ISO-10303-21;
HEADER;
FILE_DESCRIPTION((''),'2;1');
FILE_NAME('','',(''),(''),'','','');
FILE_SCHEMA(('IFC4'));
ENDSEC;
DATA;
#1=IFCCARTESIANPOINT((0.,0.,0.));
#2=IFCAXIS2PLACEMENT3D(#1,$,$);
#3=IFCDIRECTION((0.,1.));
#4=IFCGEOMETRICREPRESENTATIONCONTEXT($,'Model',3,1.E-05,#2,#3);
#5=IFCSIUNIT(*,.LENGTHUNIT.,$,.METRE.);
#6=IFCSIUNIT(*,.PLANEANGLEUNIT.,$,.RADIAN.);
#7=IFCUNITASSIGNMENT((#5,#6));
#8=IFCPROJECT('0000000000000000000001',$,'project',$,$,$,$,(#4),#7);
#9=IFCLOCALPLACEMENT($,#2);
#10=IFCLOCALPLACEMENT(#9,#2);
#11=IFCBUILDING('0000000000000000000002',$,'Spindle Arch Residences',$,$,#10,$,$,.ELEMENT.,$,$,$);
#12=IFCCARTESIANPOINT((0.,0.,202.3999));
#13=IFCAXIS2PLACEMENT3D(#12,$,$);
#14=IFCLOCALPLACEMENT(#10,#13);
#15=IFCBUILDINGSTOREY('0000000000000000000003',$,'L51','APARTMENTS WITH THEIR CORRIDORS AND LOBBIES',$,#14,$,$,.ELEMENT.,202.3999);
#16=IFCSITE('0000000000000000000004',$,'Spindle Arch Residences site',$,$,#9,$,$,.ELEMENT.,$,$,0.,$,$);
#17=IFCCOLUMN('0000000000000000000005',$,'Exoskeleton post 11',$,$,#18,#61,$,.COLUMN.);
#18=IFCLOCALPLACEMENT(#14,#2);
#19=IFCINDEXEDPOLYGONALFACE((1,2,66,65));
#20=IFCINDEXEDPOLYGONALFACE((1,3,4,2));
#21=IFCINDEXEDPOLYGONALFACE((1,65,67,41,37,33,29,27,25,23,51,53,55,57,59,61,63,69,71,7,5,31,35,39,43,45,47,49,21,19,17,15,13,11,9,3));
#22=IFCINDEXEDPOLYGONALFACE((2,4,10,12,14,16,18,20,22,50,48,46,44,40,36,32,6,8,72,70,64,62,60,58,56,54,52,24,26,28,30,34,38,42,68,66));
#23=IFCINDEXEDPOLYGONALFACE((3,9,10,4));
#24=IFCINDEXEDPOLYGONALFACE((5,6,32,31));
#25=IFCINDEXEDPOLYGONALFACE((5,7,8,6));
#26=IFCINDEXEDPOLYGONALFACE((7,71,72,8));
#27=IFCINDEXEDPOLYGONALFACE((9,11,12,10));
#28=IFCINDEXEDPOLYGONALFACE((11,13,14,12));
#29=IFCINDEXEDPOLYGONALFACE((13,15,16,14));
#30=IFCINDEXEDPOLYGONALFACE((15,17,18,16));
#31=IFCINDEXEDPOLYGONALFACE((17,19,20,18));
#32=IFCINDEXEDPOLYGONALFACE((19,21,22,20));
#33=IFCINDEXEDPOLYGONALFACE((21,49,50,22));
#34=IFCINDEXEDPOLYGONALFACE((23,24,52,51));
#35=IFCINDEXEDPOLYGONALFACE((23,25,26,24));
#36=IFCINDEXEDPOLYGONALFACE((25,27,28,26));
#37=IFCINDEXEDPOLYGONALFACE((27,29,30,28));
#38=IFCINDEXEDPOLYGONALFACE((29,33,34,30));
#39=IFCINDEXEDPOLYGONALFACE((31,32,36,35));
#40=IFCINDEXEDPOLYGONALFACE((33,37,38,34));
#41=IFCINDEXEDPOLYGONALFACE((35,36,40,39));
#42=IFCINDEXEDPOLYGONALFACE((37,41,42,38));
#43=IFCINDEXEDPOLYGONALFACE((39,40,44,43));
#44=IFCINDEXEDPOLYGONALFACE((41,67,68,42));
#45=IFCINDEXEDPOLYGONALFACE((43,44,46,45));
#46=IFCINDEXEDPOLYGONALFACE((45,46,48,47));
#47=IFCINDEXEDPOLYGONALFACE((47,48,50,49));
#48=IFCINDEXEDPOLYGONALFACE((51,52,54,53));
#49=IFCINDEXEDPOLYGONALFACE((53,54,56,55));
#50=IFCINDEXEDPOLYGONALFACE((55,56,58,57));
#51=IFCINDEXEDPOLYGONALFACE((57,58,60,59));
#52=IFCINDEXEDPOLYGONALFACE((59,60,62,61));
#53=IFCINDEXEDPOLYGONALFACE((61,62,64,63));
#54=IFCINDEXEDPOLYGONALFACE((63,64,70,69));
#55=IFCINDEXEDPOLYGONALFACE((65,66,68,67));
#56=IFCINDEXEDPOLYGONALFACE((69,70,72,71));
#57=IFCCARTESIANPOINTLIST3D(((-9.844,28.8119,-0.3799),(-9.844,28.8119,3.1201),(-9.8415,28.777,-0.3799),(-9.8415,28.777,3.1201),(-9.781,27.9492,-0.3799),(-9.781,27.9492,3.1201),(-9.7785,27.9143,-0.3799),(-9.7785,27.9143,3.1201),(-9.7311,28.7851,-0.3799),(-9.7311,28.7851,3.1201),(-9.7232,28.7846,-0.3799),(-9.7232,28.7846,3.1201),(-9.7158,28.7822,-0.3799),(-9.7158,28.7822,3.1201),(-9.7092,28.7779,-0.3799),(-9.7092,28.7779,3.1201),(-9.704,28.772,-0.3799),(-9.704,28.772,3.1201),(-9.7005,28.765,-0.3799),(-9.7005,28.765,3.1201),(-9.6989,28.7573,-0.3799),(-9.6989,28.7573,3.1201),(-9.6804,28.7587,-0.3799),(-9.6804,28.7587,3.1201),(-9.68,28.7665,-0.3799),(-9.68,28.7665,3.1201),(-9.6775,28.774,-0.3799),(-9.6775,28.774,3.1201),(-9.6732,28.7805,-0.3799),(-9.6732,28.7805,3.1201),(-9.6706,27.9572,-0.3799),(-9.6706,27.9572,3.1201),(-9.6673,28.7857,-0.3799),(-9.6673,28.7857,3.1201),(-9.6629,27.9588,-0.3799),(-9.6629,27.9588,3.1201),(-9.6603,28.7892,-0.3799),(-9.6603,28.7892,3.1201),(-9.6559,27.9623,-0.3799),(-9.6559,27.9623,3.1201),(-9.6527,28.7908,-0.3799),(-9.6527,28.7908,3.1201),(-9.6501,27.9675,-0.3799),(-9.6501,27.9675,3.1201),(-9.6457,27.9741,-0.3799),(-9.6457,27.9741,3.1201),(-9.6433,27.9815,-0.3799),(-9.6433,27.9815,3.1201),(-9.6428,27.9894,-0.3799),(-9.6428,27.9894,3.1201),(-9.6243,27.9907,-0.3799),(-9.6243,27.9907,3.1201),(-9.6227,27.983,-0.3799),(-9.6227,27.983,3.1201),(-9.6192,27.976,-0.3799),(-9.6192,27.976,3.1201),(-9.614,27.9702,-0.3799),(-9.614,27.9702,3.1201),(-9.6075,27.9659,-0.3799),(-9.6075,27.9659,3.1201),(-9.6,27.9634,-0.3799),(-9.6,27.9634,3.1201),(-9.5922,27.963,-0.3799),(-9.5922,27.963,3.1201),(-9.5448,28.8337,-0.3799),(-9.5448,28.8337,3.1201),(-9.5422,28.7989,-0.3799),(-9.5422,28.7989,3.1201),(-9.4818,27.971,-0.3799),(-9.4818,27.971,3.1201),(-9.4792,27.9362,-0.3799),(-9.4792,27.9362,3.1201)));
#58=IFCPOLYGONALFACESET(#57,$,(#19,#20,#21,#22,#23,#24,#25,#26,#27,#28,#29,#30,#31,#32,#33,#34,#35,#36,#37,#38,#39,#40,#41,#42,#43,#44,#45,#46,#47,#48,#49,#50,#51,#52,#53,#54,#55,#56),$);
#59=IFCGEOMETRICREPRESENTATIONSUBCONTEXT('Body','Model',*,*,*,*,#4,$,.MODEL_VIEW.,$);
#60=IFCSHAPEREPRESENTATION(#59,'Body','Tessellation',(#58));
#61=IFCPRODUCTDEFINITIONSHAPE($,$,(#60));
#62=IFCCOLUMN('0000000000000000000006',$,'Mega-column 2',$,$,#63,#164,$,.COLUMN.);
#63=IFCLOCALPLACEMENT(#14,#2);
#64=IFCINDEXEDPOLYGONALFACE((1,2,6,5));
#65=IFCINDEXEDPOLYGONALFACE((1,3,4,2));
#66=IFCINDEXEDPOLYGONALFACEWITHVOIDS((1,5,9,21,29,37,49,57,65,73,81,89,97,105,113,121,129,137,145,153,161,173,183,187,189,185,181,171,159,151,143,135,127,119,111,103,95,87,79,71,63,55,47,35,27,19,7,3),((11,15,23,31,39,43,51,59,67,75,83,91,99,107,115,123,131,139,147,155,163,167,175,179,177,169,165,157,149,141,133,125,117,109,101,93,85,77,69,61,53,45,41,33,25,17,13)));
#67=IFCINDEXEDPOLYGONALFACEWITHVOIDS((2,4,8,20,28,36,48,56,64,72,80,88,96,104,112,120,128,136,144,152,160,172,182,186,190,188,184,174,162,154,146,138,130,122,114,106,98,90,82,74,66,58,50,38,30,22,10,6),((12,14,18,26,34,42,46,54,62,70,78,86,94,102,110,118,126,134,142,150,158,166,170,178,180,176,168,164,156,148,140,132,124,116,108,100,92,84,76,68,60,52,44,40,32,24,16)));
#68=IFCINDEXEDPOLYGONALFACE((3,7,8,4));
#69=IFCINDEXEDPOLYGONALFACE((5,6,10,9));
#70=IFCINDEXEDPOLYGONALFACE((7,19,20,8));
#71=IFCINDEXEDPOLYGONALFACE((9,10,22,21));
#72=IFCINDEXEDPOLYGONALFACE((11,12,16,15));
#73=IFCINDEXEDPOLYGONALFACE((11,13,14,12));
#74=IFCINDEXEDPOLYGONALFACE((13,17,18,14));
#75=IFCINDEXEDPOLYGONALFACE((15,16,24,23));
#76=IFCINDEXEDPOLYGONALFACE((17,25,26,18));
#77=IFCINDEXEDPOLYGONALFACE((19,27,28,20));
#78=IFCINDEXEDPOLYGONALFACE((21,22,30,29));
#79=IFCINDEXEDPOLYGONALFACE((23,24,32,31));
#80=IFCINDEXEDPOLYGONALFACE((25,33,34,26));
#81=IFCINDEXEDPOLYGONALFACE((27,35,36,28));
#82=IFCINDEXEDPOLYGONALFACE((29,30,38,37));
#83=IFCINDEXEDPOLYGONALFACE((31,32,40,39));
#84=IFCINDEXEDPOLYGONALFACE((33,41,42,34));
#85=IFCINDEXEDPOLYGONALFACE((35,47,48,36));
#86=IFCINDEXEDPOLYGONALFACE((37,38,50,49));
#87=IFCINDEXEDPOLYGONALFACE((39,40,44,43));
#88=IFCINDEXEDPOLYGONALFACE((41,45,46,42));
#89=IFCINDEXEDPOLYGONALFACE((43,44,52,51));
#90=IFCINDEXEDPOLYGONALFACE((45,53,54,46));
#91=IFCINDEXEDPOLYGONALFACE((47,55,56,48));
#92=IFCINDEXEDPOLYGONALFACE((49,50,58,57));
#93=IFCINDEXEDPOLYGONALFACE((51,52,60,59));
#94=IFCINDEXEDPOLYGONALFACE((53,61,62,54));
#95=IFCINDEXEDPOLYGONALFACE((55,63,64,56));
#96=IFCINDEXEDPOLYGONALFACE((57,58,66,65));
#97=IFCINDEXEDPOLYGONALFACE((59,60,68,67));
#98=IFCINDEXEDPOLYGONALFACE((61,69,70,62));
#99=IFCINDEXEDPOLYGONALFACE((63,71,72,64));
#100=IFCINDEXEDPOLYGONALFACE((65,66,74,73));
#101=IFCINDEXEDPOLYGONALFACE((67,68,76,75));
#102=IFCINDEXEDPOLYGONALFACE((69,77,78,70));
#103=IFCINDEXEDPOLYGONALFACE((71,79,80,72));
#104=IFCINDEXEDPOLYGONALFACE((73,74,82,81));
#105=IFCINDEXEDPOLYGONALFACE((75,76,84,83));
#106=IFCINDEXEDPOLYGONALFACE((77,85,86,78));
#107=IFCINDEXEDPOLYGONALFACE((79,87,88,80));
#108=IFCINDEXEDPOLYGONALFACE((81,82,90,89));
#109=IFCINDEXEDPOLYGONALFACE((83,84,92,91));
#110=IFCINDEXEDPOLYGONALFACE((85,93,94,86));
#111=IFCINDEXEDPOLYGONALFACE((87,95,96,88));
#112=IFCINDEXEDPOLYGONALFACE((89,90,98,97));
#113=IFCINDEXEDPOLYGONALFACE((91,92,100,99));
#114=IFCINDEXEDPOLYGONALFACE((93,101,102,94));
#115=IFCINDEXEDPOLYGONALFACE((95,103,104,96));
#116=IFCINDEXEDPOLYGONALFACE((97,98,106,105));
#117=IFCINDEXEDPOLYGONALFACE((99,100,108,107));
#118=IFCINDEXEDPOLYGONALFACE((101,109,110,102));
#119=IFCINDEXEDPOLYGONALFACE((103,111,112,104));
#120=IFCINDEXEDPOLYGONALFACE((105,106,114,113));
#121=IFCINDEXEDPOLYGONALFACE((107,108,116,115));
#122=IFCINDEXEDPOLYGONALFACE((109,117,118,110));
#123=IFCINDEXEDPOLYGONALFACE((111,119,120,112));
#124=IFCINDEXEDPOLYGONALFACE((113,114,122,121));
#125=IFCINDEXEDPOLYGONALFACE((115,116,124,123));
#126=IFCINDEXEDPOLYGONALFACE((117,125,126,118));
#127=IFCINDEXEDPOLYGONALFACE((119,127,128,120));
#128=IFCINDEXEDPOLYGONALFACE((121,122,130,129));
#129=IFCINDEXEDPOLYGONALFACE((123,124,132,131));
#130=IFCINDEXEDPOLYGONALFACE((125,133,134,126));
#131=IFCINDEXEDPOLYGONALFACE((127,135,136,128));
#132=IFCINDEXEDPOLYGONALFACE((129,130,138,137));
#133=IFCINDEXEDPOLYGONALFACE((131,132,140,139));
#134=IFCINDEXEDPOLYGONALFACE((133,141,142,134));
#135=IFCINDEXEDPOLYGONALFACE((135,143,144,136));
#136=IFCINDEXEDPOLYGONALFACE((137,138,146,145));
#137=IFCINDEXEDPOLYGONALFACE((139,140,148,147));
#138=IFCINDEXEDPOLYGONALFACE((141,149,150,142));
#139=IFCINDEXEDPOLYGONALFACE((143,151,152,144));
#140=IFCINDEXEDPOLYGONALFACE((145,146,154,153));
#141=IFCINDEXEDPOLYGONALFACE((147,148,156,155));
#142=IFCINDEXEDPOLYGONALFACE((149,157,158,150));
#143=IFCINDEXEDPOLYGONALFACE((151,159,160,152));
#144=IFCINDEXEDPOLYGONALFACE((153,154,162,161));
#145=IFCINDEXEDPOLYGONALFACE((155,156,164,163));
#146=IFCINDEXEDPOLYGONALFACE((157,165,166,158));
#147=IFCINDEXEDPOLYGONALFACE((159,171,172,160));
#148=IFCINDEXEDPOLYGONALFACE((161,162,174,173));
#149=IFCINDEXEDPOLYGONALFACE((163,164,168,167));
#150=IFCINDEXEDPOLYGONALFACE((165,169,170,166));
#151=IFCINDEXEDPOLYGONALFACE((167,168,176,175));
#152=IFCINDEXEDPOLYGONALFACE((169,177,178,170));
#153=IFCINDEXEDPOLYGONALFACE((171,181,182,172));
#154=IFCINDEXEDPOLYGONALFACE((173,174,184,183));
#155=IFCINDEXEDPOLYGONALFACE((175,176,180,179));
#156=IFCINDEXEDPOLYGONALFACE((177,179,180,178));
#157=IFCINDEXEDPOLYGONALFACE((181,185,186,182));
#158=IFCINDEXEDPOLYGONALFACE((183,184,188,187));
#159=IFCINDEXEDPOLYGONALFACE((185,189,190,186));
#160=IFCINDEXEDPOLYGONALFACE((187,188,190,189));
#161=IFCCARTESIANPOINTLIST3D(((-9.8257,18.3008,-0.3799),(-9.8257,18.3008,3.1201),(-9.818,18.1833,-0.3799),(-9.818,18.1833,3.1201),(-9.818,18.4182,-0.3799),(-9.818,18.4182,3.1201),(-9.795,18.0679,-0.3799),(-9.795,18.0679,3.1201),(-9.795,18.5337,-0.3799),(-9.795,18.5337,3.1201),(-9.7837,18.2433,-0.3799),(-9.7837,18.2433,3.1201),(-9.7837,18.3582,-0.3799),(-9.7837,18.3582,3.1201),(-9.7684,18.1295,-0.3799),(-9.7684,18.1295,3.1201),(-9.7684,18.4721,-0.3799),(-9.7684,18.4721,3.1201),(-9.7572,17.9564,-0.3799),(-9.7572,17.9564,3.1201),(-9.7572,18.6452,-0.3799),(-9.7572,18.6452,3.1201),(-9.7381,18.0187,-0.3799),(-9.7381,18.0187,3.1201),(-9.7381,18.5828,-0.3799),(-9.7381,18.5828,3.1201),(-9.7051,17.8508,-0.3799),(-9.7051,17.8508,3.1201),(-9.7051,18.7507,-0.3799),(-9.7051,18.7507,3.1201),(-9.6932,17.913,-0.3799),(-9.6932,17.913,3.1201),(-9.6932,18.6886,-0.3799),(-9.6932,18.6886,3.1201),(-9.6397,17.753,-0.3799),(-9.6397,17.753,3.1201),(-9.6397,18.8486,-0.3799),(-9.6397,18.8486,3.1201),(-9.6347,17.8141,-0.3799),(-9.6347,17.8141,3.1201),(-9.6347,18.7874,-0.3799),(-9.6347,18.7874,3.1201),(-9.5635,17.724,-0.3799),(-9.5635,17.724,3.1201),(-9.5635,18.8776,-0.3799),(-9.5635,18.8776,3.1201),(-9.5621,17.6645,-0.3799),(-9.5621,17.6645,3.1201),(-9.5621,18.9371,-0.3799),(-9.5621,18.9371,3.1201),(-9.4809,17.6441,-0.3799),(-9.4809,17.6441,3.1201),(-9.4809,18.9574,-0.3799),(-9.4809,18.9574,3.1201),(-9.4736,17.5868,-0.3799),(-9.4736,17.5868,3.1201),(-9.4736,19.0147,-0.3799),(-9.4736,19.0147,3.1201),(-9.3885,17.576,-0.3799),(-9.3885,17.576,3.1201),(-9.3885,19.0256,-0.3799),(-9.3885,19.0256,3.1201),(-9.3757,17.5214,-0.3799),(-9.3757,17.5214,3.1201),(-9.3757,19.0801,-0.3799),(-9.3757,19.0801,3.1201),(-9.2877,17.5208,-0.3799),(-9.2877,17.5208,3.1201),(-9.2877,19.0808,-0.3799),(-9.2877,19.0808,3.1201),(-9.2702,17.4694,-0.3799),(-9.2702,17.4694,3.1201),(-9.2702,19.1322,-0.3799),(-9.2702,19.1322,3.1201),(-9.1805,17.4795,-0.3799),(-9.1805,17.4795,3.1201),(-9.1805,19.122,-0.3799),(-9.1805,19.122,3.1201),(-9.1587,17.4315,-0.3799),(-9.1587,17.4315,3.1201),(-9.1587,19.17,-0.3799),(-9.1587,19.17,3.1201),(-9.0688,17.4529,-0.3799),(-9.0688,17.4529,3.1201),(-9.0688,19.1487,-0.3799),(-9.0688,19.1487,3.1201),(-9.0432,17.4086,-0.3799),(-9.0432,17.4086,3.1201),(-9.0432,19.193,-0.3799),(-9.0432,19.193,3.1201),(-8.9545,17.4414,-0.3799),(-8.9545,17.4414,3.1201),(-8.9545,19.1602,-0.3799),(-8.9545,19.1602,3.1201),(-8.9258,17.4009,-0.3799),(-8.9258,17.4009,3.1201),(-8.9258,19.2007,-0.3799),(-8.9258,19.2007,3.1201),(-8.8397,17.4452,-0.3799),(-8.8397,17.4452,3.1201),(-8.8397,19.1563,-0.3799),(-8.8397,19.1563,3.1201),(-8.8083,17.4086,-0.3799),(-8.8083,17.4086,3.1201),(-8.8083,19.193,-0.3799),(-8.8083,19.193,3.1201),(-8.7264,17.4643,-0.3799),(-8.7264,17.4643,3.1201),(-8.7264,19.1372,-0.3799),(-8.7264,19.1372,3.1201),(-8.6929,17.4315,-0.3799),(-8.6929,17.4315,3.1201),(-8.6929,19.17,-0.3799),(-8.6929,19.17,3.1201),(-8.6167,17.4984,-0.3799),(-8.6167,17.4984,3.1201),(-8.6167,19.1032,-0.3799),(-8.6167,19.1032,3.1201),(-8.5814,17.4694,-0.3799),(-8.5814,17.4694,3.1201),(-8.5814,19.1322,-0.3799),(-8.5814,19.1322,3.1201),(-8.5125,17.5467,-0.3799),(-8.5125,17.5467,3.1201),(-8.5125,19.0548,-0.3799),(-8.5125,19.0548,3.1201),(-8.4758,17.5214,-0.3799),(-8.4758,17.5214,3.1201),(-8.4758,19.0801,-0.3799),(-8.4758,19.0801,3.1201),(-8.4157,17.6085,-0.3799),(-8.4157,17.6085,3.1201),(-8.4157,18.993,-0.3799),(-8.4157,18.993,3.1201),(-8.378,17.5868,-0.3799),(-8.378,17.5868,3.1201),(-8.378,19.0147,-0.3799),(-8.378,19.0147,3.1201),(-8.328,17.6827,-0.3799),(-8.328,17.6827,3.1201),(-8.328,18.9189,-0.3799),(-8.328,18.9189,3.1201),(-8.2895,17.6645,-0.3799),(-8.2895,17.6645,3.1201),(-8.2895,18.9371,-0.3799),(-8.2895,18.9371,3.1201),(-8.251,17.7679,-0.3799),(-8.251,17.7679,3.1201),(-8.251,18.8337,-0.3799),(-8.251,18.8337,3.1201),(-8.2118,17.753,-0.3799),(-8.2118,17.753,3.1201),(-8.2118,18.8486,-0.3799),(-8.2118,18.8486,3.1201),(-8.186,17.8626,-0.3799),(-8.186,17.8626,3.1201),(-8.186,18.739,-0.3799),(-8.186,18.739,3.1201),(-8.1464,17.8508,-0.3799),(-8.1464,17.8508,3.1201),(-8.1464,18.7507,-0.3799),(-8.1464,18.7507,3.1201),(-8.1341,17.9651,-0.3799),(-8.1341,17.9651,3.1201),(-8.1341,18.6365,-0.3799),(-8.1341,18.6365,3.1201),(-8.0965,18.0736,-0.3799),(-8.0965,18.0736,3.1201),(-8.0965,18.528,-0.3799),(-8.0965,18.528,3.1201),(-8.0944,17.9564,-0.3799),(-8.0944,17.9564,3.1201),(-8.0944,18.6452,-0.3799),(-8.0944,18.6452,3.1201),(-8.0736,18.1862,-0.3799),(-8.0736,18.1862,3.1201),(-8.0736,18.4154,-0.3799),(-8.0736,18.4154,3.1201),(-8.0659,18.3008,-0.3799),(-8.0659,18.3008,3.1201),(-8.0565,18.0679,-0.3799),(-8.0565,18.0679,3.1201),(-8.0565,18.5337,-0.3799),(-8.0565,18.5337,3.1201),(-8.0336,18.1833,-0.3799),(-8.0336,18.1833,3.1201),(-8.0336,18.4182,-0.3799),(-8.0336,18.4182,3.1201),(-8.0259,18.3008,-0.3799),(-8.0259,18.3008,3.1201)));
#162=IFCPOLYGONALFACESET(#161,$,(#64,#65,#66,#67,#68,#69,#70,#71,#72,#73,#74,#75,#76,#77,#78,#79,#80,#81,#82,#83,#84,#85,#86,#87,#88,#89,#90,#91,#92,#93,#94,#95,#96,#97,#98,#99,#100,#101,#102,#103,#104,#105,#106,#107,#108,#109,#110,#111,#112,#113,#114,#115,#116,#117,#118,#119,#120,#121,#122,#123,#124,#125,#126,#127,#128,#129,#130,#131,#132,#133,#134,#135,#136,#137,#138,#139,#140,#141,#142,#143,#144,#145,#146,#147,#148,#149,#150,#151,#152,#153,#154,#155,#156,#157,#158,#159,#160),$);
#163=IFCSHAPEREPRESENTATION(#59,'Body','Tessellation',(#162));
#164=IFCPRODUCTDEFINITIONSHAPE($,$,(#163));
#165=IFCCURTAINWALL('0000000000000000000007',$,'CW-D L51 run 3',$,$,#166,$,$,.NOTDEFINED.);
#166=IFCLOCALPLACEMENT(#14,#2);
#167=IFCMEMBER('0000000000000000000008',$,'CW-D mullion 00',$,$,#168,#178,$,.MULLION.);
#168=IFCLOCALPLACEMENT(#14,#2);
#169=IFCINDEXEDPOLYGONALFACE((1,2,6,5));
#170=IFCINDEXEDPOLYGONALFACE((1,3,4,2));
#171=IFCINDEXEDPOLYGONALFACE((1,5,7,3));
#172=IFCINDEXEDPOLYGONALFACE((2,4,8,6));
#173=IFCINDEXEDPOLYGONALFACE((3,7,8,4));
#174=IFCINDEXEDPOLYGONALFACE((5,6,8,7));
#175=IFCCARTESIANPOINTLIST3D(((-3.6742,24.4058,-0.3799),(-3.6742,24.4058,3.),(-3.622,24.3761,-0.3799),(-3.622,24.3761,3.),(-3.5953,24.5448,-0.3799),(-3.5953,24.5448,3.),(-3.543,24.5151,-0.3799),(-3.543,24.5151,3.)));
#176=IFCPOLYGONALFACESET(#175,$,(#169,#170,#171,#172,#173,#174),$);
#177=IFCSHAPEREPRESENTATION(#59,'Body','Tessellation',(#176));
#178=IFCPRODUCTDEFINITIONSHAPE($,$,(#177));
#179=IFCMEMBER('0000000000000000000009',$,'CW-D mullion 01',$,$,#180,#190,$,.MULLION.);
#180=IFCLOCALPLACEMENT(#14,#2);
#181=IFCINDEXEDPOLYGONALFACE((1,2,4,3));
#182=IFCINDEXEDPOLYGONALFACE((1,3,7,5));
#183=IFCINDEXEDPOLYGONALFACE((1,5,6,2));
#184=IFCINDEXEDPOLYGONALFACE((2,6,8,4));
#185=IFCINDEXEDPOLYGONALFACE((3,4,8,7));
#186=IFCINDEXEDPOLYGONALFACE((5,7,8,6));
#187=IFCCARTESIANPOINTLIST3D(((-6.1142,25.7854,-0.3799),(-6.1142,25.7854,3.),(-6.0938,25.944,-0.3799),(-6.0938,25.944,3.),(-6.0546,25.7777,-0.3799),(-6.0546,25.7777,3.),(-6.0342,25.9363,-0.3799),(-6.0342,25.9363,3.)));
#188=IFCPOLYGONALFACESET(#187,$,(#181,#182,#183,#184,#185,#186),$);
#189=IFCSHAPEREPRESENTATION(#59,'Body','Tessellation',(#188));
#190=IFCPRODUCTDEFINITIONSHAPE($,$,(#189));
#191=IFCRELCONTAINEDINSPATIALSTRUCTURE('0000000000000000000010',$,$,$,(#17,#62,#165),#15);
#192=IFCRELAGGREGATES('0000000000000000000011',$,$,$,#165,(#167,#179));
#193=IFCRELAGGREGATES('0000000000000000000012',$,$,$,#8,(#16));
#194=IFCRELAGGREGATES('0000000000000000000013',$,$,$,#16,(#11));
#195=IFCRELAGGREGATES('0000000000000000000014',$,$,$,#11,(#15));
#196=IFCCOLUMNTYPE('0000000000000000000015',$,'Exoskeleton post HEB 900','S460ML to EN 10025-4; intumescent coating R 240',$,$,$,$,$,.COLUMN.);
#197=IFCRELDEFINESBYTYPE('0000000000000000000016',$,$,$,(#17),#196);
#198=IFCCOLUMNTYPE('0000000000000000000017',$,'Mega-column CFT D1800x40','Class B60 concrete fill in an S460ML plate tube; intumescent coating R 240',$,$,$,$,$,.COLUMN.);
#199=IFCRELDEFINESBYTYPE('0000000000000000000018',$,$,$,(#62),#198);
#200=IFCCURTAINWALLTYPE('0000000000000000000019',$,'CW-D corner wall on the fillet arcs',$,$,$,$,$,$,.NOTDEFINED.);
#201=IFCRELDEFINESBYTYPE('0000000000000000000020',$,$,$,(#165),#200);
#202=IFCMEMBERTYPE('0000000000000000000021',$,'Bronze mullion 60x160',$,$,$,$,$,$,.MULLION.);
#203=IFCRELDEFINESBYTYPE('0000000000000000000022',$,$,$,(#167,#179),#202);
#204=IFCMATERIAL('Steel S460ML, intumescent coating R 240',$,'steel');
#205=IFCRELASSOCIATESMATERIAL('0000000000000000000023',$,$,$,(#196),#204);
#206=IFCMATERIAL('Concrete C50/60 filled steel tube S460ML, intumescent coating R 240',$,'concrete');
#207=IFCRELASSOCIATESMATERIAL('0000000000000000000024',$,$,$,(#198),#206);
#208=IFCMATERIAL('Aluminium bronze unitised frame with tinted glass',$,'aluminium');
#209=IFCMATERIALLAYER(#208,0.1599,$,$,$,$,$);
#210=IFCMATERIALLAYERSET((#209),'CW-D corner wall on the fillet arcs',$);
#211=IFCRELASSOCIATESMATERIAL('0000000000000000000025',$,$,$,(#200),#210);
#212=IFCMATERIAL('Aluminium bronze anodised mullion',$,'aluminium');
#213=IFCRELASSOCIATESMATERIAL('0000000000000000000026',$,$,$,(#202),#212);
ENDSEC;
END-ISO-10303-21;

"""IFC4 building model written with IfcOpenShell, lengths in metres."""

from ifc_helpers import new_model, si_unit, direction, frame, origin, origin_2d, place, context, subcontext, project, spatial, rectangle, hollow_circle, i_section, extrude, material, layer, layer_set, material_profile, profile_set, type_object, element, aggregate, save


model = new_model("IFC4")

# Units and contexts
model_context = context("Model", 3, precision=1e-05, world=origin(), true_north=direction((0.0, 1.0)))
body_context = subcontext(model_context, "Body", "Model", "MODEL_VIEW")
ifc_project = project(units=[si_unit("LENGTHUNIT", "METRE"), si_unit("PLANEANGLEUNIT", "RADIAN")], contexts=[model_context])

# Site, building, storey
site_placement = place(None, origin())
site = spatial("IfcSite", under=ifc_project, at=site_placement, Name="Spindle Arch Residences site", CompositionType="ELEMENT", RefElevation=0.0)
building_placement = place(site_placement, origin())
building = spatial("IfcBuilding", under=site, at=building_placement, Name="Spindle Arch Residences", CompositionType="ELEMENT")
storey_placement = place(building_placement, frame((0.0, 0.0, 202.3999)))
storey = spatial("IfcBuildingStorey", under=building, at=storey_placement, Name="L51", Description="APARTMENTS WITH THEIR CORRIDORS AND LOBBIES", CompositionType="ELEMENT", Elevation=202.3999)

# Columns
ifc_material_1 = material(Name="Steel S460ML, intumescent coating R 240", Category="steel")
ifc_material_profile_1 = material_profile(ifc_material_1, i_section(OverallWidth=0.3, OverallDepth=0.8999, WebThickness=0.0186, FlangeThickness=0.0349, FilletRadius=0.03, at=origin_2d()), Name="HEB 900")
ifc_profile_set_1 = profile_set([ifc_material_profile_1], Name="Steel S460ML, intumescent coating R 240")
column_type_1 = type_object("IfcColumnType", Name="Exoskeleton post HEB 900", Description="S460ML to EN 10025-4; intumescent coating R 240", PredefinedType="COLUMN", material=ifc_profile_set_1)
column_1_placement = place(storey_placement, frame((-9.6616, 28.374, -0.3799), z_axis=(0.0, 0.0, 1.0), x_axis=(0.997343, 0.072844, 0.0)))
element("IfcColumn", 1, at=column_1_placement, inside=storey, type_object=column_type_1, Name="Exoskeleton post 11", PredefinedType="COLUMN", context=body_context, shape_type="SweptSolid", body=[
    extrude(i_section(OverallWidth=0.3, OverallDepth=0.8999, WebThickness=0.0186, FlangeThickness=0.0349, FilletRadius=0.03, at=origin_2d()), origin(), (0.0, 0.0, 1.0), 3.5),
])
ifc_material_2 = material(Name="Concrete C50/60 filled steel tube S460ML, intumescent coating R 240", Category="concrete")
ifc_material_profile_2 = material_profile(ifc_material_2, hollow_circle(Radius=0.8999, WallThickness=0.04, at=origin_2d()), Name="CFT D1800x40")
ifc_profile_set_2 = profile_set([ifc_material_profile_2], Name="Concrete C50/60 filled steel tube S460ML, intumescent coating R 240")
column_type_2 = type_object("IfcColumnType", Name="Mega-column CFT D1800x40", Description="Class B60 concrete fill in an S460ML plate tube; intumescent coating R 240", PredefinedType="COLUMN", material=ifc_profile_set_2)
column_2_placement = place(storey_placement, frame((-8.9258, 18.3008, -0.3799), z_axis=(0.0, 0.0, 1.0), x_axis=(1.0, 0.0, 0.0)))
element("IfcColumn", 2, at=column_2_placement, inside=storey, type_object=column_type_2, Name="Mega-column 2", PredefinedType="COLUMN", context=body_context, shape_type="SweptSolid", body=[
    extrude(hollow_circle(Radius=0.8999, WallThickness=0.04, at=origin_2d()), origin(), (0.0, 0.0, 1.0), 3.5),
])

# Curtain wall, members
ifc_material_3 = material(Name="Aluminium bronze unitised frame with tinted glass", Category="aluminium")
ifc_layer_1 = layer(ifc_material_3, 0.1599)
ifc_layer_set_1 = layer_set([ifc_layer_1], Name="CW-D corner wall on the fillet arcs")
curtain_wall_type_1 = type_object("IfcCurtainWallType", Name="CW-D corner wall on the fillet arcs", PredefinedType="NOTDEFINED", material=ifc_layer_set_1)
curtain_wall_1_placement = place(storey_placement, origin())
curtain_wall_1 = element("IfcCurtainWall", 3, at=curtain_wall_1_placement, inside=storey, type_object=curtain_wall_type_1, Name="CW-D L51 run 3", PredefinedType="NOTDEFINED")
ifc_material_4 = material(Name="Aluminium bronze anodised mullion", Category="aluminium")
ifc_material_profile_3 = material_profile(ifc_material_4, rectangle(XDim=0.1599, YDim=0.0601, at=origin_2d()), Name="MU 60x160")
ifc_profile_set_3 = profile_set([ifc_material_profile_3], Name="Aluminium bronze anodised mullion")
member_type_1 = type_object("IfcMemberType", Name="Bronze mullion 60x160", PredefinedType="MULLION", material=ifc_profile_set_3)
member_1_placement = place(storey_placement, frame((-3.6086, 24.4604, -0.3799), z_axis=(0.0, 0.0, 1.0), x_axis=(-0.493865, -0.869539, 0.0)))
member_1 = element("IfcMember", 4, at=member_1_placement, type_object=member_type_1, Name="CW-D mullion 00", PredefinedType="MULLION", context=body_context, shape_type="SweptSolid", body=[
    extrude(rectangle(XDim=0.1599, YDim=0.0601, at=origin_2d()), origin(), (0.0, 0.0, 1.0), 3.3799),
])
member_2_placement = place(storey_placement, frame((-6.0742, 25.8608, -0.3799), z_axis=(0.0, 0.0, 1.0), x_axis=(-0.127642, -0.99182, 0.0)))
member_2 = element("IfcMember", 5, at=member_2_placement, type_object=member_type_1, Name="CW-D mullion 01", PredefinedType="MULLION", context=body_context, shape_type="SweptSolid", body=[
    extrude(rectangle(XDim=0.1599, YDim=0.0601, at=origin_2d()), origin(), (0.0, 0.0, 1.0), 3.3799),
])

aggregate(curtain_wall_1, [member_1, member_2])

save(model, "model.ifc")
